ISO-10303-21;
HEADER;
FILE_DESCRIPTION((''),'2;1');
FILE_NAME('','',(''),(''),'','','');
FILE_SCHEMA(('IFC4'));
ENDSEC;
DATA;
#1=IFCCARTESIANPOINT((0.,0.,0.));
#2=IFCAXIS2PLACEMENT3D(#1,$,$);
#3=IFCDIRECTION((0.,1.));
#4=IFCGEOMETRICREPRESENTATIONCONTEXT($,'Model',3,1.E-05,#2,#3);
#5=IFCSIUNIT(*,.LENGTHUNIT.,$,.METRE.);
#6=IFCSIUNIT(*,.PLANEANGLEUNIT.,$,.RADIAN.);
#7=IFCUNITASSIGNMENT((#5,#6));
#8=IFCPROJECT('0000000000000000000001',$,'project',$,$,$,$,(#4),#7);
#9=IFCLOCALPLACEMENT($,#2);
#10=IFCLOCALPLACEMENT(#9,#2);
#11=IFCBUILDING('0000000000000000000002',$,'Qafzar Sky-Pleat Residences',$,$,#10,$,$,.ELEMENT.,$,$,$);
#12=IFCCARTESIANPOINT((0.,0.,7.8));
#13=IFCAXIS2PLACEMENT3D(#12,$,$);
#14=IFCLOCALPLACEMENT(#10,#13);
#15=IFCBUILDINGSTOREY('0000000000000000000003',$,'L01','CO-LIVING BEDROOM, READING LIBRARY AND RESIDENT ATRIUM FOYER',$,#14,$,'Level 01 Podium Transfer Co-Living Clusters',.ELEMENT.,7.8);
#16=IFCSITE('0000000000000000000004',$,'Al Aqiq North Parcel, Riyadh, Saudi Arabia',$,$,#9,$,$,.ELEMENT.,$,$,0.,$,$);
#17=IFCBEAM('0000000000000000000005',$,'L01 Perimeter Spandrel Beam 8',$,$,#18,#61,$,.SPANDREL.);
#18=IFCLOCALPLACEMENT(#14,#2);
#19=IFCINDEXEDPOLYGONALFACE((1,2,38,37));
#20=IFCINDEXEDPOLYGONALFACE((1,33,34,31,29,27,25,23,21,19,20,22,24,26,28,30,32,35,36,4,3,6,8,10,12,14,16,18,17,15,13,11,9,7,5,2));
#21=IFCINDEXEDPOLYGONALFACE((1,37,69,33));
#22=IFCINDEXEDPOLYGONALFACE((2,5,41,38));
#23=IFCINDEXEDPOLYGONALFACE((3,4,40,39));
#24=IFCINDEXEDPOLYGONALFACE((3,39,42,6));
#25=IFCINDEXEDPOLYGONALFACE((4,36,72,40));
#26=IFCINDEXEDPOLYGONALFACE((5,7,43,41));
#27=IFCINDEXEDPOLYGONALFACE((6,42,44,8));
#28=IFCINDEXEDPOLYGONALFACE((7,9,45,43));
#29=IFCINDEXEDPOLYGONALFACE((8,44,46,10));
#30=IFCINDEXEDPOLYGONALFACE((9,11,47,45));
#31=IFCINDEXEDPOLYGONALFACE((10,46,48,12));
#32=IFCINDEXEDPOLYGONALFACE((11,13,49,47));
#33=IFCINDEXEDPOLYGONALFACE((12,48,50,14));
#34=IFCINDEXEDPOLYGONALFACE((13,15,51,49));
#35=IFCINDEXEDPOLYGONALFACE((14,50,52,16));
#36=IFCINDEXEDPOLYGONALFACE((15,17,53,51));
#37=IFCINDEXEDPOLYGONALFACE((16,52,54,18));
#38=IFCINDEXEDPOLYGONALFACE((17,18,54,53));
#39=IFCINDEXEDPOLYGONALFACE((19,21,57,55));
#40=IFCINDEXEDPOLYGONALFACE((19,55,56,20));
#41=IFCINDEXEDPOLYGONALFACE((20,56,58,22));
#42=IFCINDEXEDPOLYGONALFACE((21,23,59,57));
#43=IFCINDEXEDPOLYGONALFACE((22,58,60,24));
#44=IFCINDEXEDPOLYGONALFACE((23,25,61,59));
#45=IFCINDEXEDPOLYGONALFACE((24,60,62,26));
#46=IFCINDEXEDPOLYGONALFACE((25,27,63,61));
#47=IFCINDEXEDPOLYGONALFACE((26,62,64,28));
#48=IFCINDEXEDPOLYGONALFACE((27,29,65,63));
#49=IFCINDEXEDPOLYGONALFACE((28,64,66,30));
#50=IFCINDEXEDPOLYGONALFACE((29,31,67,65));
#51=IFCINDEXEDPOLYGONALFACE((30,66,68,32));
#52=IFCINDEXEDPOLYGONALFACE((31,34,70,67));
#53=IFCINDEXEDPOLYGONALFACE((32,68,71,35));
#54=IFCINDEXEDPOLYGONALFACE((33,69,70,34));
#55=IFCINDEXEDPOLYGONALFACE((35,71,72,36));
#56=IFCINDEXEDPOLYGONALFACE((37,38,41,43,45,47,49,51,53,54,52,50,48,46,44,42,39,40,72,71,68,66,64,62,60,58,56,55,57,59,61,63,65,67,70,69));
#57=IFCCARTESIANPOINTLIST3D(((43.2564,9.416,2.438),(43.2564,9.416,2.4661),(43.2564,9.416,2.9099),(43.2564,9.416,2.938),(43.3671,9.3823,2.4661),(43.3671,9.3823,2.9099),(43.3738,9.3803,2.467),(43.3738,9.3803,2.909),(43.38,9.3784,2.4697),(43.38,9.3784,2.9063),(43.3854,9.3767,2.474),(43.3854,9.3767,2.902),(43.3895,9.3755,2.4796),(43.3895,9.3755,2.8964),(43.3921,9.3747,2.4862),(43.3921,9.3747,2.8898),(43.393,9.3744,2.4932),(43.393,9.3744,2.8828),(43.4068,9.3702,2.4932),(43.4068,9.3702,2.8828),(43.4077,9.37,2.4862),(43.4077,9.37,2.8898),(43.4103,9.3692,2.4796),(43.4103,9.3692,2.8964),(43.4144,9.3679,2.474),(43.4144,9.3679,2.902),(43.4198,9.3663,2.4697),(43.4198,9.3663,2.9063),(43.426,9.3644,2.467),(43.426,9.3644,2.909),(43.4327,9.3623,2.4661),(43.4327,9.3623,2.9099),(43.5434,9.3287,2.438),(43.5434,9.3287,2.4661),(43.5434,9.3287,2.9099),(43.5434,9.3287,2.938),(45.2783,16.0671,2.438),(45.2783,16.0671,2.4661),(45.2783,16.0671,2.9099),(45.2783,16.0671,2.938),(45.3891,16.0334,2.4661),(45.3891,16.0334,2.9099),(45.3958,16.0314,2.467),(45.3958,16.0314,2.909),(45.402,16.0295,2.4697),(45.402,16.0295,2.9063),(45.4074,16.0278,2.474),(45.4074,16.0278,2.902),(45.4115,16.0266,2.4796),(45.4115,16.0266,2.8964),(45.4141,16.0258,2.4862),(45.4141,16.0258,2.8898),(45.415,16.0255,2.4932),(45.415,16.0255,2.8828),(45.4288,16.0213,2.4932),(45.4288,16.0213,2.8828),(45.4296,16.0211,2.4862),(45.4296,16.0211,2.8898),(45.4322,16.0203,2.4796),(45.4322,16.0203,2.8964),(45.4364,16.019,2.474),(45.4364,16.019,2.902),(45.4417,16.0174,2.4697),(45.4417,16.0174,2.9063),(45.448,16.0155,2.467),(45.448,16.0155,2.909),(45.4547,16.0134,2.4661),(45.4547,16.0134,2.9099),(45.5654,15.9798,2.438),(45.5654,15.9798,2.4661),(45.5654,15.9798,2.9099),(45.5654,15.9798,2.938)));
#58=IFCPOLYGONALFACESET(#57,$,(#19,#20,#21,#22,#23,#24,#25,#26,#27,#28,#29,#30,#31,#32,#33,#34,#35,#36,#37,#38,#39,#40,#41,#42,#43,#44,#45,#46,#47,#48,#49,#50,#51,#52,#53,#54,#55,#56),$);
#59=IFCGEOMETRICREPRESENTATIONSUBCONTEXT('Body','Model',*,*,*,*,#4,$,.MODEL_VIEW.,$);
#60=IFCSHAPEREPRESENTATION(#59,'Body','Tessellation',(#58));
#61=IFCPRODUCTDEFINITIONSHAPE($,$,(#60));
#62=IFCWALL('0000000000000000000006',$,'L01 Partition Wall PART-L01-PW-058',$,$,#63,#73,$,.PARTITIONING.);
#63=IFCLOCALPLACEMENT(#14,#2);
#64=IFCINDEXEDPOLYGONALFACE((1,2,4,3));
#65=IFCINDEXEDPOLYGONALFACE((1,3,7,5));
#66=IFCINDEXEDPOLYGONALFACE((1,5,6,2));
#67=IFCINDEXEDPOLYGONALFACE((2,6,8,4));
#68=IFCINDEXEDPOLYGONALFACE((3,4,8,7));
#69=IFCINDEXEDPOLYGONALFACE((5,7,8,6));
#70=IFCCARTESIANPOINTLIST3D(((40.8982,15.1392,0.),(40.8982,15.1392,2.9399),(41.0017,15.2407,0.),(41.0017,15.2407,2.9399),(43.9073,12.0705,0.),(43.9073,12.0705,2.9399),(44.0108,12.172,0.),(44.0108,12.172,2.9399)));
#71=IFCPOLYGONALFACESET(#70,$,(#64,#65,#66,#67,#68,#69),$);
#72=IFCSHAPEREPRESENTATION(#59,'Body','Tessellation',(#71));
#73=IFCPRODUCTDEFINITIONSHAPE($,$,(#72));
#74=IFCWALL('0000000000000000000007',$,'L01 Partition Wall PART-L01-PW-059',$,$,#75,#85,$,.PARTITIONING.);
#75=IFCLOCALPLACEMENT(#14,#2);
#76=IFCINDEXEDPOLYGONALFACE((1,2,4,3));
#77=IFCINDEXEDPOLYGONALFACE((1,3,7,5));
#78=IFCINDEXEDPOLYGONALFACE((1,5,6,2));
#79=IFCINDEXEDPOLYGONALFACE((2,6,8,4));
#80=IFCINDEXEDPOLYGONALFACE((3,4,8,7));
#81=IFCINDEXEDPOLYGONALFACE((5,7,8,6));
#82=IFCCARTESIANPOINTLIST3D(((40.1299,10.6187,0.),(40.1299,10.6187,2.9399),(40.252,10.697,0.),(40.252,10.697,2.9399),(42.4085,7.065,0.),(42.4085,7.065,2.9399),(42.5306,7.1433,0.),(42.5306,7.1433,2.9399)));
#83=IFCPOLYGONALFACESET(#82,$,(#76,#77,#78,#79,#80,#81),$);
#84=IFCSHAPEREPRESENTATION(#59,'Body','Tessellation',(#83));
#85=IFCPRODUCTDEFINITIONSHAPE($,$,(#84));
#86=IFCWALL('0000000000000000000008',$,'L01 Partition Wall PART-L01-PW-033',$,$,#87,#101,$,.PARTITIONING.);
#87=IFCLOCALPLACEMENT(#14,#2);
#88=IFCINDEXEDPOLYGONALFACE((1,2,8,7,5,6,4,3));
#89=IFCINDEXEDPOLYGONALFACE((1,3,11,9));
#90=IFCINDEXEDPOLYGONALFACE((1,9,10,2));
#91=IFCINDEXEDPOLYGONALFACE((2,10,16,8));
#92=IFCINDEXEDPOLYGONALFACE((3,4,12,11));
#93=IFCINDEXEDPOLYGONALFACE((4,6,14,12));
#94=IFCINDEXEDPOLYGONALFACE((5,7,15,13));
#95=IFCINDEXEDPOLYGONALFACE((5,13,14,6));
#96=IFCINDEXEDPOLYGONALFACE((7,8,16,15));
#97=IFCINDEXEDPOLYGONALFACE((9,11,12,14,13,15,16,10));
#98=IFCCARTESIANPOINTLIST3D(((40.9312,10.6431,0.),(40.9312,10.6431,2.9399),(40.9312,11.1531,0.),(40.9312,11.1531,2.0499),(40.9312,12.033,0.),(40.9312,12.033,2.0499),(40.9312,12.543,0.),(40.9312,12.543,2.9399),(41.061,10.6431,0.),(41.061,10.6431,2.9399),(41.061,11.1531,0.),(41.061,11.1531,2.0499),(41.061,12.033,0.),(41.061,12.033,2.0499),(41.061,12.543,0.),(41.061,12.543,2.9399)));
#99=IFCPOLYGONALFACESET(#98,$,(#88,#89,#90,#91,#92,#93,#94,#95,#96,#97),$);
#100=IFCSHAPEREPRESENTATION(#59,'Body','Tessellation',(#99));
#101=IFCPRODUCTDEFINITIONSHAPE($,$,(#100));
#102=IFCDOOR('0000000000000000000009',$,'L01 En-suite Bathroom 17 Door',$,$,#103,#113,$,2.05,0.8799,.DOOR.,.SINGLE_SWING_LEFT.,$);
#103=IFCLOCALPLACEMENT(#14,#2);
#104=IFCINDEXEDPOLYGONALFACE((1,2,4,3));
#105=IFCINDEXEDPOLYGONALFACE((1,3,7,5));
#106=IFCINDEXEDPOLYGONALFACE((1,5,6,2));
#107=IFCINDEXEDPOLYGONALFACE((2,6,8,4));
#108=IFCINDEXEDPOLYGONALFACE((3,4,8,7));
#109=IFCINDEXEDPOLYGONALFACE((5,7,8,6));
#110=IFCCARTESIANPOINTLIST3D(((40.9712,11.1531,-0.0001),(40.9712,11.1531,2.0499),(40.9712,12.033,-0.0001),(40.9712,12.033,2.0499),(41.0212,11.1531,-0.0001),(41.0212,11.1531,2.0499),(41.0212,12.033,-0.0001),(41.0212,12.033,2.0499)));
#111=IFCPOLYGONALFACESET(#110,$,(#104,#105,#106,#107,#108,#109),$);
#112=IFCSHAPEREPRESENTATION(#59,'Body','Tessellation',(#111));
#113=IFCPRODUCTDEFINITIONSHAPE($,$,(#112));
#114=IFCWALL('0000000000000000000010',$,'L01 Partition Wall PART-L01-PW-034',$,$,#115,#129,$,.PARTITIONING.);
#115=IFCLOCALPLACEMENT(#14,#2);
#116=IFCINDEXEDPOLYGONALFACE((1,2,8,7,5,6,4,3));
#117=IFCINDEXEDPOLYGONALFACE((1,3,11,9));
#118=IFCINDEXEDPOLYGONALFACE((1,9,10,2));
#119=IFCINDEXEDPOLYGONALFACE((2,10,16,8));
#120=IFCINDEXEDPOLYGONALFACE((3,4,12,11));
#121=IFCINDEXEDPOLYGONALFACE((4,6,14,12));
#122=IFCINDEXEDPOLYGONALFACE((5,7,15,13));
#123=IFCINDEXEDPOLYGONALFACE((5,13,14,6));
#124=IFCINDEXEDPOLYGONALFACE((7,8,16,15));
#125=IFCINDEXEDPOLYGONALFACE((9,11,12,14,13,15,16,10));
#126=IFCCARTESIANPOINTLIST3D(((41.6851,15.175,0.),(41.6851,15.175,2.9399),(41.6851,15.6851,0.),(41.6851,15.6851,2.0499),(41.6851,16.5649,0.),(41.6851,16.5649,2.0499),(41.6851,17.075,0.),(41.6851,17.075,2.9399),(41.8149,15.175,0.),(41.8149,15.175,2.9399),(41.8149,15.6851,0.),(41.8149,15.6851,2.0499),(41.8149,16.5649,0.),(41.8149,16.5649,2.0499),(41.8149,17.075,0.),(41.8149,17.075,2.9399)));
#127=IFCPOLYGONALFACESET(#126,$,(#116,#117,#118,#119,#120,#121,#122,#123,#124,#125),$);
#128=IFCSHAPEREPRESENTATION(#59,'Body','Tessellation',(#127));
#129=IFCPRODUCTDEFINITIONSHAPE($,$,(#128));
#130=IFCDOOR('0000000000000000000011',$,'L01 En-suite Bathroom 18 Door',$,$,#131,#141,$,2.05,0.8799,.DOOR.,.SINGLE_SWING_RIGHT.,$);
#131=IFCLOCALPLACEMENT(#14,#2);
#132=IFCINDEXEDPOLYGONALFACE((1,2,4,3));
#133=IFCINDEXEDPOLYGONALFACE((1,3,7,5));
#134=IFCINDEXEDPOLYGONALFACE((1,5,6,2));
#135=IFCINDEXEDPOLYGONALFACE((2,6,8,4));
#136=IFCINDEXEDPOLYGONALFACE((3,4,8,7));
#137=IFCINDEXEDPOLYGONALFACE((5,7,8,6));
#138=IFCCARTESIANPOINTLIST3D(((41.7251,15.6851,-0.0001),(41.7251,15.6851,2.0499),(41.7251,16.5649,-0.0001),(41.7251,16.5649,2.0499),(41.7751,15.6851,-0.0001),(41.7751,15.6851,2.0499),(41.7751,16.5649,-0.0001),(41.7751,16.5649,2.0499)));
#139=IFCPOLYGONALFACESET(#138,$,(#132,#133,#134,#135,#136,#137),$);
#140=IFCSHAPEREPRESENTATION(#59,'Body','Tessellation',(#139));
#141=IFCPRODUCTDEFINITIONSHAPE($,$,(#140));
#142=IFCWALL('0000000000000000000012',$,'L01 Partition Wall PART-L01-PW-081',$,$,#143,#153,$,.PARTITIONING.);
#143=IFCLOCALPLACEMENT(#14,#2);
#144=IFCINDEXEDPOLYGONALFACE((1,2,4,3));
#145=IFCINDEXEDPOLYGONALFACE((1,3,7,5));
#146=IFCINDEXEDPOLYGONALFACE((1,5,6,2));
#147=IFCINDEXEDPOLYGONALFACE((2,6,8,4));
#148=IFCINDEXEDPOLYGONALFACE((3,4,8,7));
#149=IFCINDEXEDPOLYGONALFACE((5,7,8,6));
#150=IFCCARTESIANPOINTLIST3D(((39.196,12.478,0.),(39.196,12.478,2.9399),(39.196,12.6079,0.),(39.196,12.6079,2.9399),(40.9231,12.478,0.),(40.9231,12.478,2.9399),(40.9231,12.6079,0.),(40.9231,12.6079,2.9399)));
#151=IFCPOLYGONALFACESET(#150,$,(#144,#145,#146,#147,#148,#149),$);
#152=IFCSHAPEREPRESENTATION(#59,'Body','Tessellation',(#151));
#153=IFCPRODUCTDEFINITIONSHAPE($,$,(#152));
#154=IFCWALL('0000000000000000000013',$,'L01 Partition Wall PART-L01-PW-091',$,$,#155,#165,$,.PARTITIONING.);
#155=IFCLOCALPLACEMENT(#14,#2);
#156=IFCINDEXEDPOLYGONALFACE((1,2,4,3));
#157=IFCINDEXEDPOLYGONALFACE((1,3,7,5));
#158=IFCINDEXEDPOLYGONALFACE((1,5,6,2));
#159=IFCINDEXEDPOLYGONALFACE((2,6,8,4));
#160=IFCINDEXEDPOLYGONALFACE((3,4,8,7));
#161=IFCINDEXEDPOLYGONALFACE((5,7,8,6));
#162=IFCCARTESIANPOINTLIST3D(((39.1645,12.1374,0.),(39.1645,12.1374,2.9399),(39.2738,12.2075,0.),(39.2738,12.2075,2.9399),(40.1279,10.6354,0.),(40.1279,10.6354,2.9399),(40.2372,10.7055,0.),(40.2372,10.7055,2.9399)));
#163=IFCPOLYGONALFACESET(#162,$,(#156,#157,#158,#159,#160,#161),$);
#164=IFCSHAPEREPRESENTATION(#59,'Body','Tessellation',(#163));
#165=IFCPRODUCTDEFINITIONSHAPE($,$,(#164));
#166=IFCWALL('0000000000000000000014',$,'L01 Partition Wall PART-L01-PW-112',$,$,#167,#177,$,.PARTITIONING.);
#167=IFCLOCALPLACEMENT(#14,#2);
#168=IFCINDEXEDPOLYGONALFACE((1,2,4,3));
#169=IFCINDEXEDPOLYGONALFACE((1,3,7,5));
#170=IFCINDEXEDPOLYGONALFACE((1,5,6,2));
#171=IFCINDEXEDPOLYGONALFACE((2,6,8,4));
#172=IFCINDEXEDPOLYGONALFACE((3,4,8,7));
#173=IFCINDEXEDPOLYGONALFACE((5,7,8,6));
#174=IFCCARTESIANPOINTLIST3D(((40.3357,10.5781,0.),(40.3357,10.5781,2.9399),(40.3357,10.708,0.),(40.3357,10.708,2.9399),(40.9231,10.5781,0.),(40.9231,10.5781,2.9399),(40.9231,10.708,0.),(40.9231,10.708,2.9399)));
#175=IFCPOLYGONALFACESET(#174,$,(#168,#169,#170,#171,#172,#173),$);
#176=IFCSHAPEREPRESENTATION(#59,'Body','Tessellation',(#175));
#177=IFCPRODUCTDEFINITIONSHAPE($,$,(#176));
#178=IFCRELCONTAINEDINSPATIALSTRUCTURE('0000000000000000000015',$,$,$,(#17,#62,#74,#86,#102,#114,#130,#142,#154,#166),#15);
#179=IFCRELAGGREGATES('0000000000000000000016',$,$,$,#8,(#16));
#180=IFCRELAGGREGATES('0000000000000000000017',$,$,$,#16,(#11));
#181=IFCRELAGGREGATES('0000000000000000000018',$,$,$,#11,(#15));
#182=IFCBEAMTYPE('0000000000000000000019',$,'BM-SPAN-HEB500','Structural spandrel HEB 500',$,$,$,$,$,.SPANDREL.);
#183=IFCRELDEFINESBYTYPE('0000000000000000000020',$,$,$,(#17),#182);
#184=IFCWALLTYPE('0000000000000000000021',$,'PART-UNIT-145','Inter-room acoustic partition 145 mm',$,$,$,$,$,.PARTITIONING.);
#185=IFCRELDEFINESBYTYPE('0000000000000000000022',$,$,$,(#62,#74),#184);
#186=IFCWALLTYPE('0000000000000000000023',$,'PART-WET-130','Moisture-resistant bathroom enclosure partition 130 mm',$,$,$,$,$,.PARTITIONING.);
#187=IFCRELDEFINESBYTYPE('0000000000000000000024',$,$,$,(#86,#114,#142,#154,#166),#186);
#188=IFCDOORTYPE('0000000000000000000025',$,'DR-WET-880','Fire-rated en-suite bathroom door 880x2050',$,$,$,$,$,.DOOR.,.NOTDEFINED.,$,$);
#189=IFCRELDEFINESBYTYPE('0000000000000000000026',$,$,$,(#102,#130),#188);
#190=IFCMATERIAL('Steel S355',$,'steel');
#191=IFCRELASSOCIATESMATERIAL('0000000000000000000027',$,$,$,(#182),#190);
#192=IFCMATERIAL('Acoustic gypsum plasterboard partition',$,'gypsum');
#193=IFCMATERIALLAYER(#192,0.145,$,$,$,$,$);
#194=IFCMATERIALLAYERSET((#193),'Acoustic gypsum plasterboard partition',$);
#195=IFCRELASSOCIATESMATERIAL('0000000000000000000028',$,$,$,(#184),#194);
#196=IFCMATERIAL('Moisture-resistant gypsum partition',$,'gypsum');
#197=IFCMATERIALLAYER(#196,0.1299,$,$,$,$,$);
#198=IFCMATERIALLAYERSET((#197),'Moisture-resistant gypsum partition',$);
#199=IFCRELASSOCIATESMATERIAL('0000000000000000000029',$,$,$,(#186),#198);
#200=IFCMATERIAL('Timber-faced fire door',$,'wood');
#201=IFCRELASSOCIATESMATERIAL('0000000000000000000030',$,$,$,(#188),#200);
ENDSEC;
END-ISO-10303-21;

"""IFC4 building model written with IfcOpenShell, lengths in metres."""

from ifc_helpers import new_model, si_unit, direction, frame, frame_2d, origin, origin_2d, place, context, subcontext, project, spatial, rectangle, i_section, extrude, source, transform, mapped, material, layer, layer_set, material_profile, profile_set, type_object, element, fill, save


model = new_model("IFC4")

# Units and contexts
model_context = context("Model", 3, precision=1e-05, world=origin(), true_north=direction((0.0, 1.0)))
body_context = subcontext(model_context, "Body", "Model", "MODEL_VIEW")
ifc_project = project(units=[si_unit("LENGTHUNIT", "METRE"), si_unit("PLANEANGLEUNIT", "RADIAN")], contexts=[model_context])

# Site, building, storey
site_placement = place(None, origin())
site = spatial("IfcSite", under=ifc_project, at=site_placement, Name="Al Aqiq North Parcel, Riyadh, Saudi Arabia", CompositionType="ELEMENT", RefElevation=0.0)
building_placement = place(site_placement, origin())
building = spatial("IfcBuilding", under=site, at=building_placement, Name="Qafzar Sky-Pleat Residences", CompositionType="ELEMENT")
storey_placement = place(building_placement, frame((0.0, 0.0, 7.8)))
storey = spatial("IfcBuildingStorey", under=building, at=storey_placement, Name="L01", Description="CO-LIVING BEDROOM, READING LIBRARY AND RESIDENT ATRIUM FOYER", LongName="Level 01 Podium Transfer Co-Living Clusters", CompositionType="ELEMENT", Elevation=7.8)

# Beam
ifc_material_1 = material(Name="Steel S355", Category="steel")
ifc_material_profile_1 = material_profile(ifc_material_1, i_section(OverallWidth=0.3, OverallDepth=0.5, WebThickness=0.0144, FlangeThickness=0.0281, FilletRadius=0.0271, at=origin_2d()), Name="HEB 500")
ifc_profile_set_1 = profile_set([ifc_material_profile_1], Name="Steel S355")
beam_type_1 = type_object("IfcBeamType", Name="BM-SPAN-HEB500", Description="Structural spandrel HEB 500", PredefinedType="SPANDREL", material=ifc_profile_set_1)
shared_shape_1 = source(origin(), body_context, "Body", "SweptSolid", [
    extrude(i_section(OverallWidth=0.3, OverallDepth=0.5, WebThickness=0.0144, FlangeThickness=0.0281, FilletRadius=0.0271, at=origin_2d()), origin(), (0.0, 0.0, 1.0), 6.9517),
])
beam_1_placement = place(storey_placement, frame((43.3999, 9.3723, 2.688), z_axis=(0.290861, 0.956765, 0.0), x_axis=(-0.956765, 0.290861, 0.0)))
element("IfcBeam", 1, at=beam_1_placement, inside=storey, type_object=beam_type_1, Name="L01 Perimeter Spandrel Beam 8", PredefinedType="SPANDREL", context=body_context, shape_type="MappedRepresentation", body=[
    mapped(shared_shape_1, transform((0.0, 0.0, 0.0), x_axis=(1.0, 0.0, 0.0), y_axis=(0.0, 1.0, 0.0), z_axis=(0.0, 0.0, 1.0), scale=1.0)),
])

# Walls
ifc_material_2 = material(Name="Acoustic gypsum plasterboard partition", Category="gypsum")
ifc_layer_1 = layer(ifc_material_2, 0.145)
ifc_layer_set_1 = layer_set([ifc_layer_1], Name="Acoustic gypsum plasterboard partition")
wall_type_1 = type_object("IfcWallType", Name="PART-UNIT-145", Description="Inter-room acoustic partition 145 mm", PredefinedType="PARTITIONING", material=ifc_layer_set_1)
wall_1_placement = place(storey_placement, frame((40.95, 15.1899, 0.0), z_axis=(0.0, 0.0, 1.0), x_axis=(0.700142, -0.714003, 0.0)))
element("IfcWall", 2, at=wall_1_placement, inside=storey, type_object=wall_type_1, Name="L01 Partition Wall PART-L01-PW-058", PredefinedType="PARTITIONING", context=body_context, shape_type="SweptSolid", body=[
    extrude(rectangle(XDim=4.2979, YDim=0.145, at=frame_2d((2.1489, 0.0))), origin(), (0.0, 0.0, 1.0), 2.9399),
])
wall_2_placement = place(storey_placement, frame((40.1909, 10.658, 0.0), z_axis=(0.0, 0.0, 1.0), x_axis=(0.539758, -0.841821, 0.0)))
element("IfcWall", 3, at=wall_2_placement, inside=storey, type_object=wall_type_1, Name="L01 Partition Wall PART-L01-PW-059", PredefinedType="PARTITIONING", context=body_context, shape_type="SweptSolid", body=[
    extrude(rectangle(XDim=4.2214, YDim=0.145, at=frame_2d((2.1108, 0.0))), origin(), (0.0, 0.0, 1.0), 2.9399),
])

# Walls, openings, doors
ifc_material_3 = material(Name="Moisture-resistant gypsum partition", Category="gypsum")
ifc_layer_2 = layer(ifc_material_3, 0.1299)
ifc_layer_set_2 = layer_set([ifc_layer_2], Name="Moisture-resistant gypsum partition")
wall_type_2 = type_object("IfcWallType", Name="PART-WET-130", Description="Moisture-resistant bathroom enclosure partition 130 mm", PredefinedType="PARTITIONING", material=ifc_layer_set_2)
wall_3_placement = place(storey_placement, frame((40.9961, 10.6431, 0.0), z_axis=(0.0, 0.0, 1.0), x_axis=(0.0, 1.0, 0.0)))
wall_3 = element("IfcWall", 4, at=wall_3_placement, inside=storey, type_object=wall_type_2, Name="L01 Partition Wall PART-L01-PW-033", PredefinedType="PARTITIONING", context=body_context, shape_type="SweptSolid", body=[
    extrude(rectangle(XDim=1.8999, YDim=0.1299, at=frame_2d((0.95, 0.0))), origin(), (0.0, 0.0, 1.0), 2.9399),
])
opening_1_placement = place(wall_3_placement, frame((0.51, 0.0, 0.0)))
opening_1 = element("IfcOpeningElement", 5, at=opening_1_placement, cuts=wall_3, PredefinedType="OPENING", context=body_context, shape_type="SweptSolid", body=[
    extrude(rectangle(XDim=0.8799, YDim=2.05, at=frame_2d((0.4399, 1.0249))), frame((0.0, 0.075, 0.0), z_axis=(0.0, -1.0, 0.0), x_axis=(1.0, 0.0, 0.0)), (0.0, 0.0, 1.0), 0.1499),
])
ifc_material_4 = material(Name="Timber-faced fire door", Category="wood")
door_type_1 = type_object("IfcDoorType", Name="DR-WET-880", Description="Fire-rated en-suite bathroom door 880x2050", OperationType="NOTDEFINED", PredefinedType="DOOR", material=ifc_material_4)
shared_shape_2 = source(origin(), body_context, "Body", "SweptSolid", [
    extrude(rectangle(XDim=0.8799, YDim=2.05, at=frame_2d((0.4399, 1.0249))), frame((0.0, 0.0249, 0.0), z_axis=(0.0, -1.0, 0.0), x_axis=(1.0, 0.0, 0.0)), (0.0, 0.0, 1.0), 0.05),
])
door_1_placement = place(opening_1_placement, origin())
door_1 = element("IfcDoor", 6, at=door_1_placement, inside=storey, type_object=door_type_1, Name="L01 En-suite Bathroom 17 Door", OperationType="SINGLE_SWING_LEFT", OverallHeight=2.05, OverallWidth=0.8799, PredefinedType="DOOR", context=body_context, shape_type="MappedRepresentation", body=[
    mapped(shared_shape_2, transform((0.0, 0.0, 0.0), x_axis=(1.0, 0.0, 0.0), y_axis=(0.0, 1.0, 0.0), z_axis=(0.0, 0.0, 1.0), scale=1.0)),
])
fill(opening_1, door_1)
wall_4_placement = place(storey_placement, frame((41.75, 15.175, 0.0), z_axis=(0.0, 0.0, 1.0), x_axis=(0.0, 1.0, 0.0)))
wall_4 = element("IfcWall", 7, at=wall_4_placement, inside=storey, type_object=wall_type_2, Name="L01 Partition Wall PART-L01-PW-034", PredefinedType="PARTITIONING", context=body_context, shape_type="SweptSolid", body=[
    extrude(rectangle(XDim=1.8999, YDim=0.1299, at=frame_2d((0.95, 0.0))), origin(), (0.0, 0.0, 1.0), 2.9399),
])
opening_2_placement = place(wall_4_placement, frame((0.51, 0.0, 0.0)))
opening_2 = element("IfcOpeningElement", 8, at=opening_2_placement, cuts=wall_4, PredefinedType="OPENING", context=body_context, shape_type="SweptSolid", body=[
    extrude(rectangle(XDim=0.8799, YDim=2.05, at=frame_2d((0.4399, 1.0249))), frame((0.0, 0.075, 0.0), z_axis=(0.0, -1.0, 0.0), x_axis=(1.0, 0.0, 0.0)), (0.0, 0.0, 1.0), 0.1499),
])
door_2_placement = place(opening_2_placement, origin())
door_2 = element("IfcDoor", 9, at=door_2_placement, inside=storey, type_object=door_type_1, Name="L01 En-suite Bathroom 18 Door", OperationType="SINGLE_SWING_RIGHT", OverallHeight=2.05, OverallWidth=0.8799, PredefinedType="DOOR", context=body_context, shape_type="MappedRepresentation", body=[
    mapped(shared_shape_2, transform((0.0, 0.0, 0.0), x_axis=(1.0, 0.0, 0.0), y_axis=(0.0, 1.0, 0.0), z_axis=(0.0, 0.0, 1.0), scale=1.0)),
])
fill(opening_2, door_2)

# Walls
wall_5_placement = place(storey_placement, frame((39.196, 12.543, 0.0), z_axis=(0.0, 0.0, 1.0), x_axis=(1.0, 0.0, 0.0)))
element("IfcWall", 10, at=wall_5_placement, inside=storey, type_object=wall_type_2, Name="L01 Partition Wall PART-L01-PW-081", PredefinedType="PARTITIONING", context=body_context, shape_type="SweptSolid", body=[
    extrude(rectangle(XDim=1.7271, YDim=0.1299, at=frame_2d((0.8635, 0.0))), origin(), (0.0, 0.0, 1.0), 2.9399),
])
wall_6_placement = place(storey_placement, frame((39.2192, 12.1724, 0.0), z_axis=(0.0, 0.0, 1.0), x_axis=(0.5399, -0.841729, 0.0)))
element("IfcWall", 11, at=wall_6_placement, inside=storey, type_object=wall_type_2, Name="L01 Partition Wall PART-L01-PW-091", PredefinedType="PARTITIONING", context=body_context, shape_type="SweptSolid", body=[
    extrude(rectangle(XDim=1.7844, YDim=0.1299, at=frame_2d((0.8921, 0.0))), origin(), (0.0, 0.0, 1.0), 2.9399),
])
wall_7_placement = place(storey_placement, frame((40.3357, 10.6431, 0.0), z_axis=(0.0, 0.0, 1.0), x_axis=(1.0, 0.0, 0.0)))
element("IfcWall", 12, at=wall_7_placement, inside=storey, type_object=wall_type_2, Name="L01 Partition Wall PART-L01-PW-112", PredefinedType="PARTITIONING", context=body_context, shape_type="SweptSolid", body=[
    extrude(rectangle(XDim=0.5874, YDim=0.1299, at=frame_2d((0.2937, 0.0))), origin(), (0.0, 0.0, 1.0), 2.9399),
])

save(model, "model.ifc")
